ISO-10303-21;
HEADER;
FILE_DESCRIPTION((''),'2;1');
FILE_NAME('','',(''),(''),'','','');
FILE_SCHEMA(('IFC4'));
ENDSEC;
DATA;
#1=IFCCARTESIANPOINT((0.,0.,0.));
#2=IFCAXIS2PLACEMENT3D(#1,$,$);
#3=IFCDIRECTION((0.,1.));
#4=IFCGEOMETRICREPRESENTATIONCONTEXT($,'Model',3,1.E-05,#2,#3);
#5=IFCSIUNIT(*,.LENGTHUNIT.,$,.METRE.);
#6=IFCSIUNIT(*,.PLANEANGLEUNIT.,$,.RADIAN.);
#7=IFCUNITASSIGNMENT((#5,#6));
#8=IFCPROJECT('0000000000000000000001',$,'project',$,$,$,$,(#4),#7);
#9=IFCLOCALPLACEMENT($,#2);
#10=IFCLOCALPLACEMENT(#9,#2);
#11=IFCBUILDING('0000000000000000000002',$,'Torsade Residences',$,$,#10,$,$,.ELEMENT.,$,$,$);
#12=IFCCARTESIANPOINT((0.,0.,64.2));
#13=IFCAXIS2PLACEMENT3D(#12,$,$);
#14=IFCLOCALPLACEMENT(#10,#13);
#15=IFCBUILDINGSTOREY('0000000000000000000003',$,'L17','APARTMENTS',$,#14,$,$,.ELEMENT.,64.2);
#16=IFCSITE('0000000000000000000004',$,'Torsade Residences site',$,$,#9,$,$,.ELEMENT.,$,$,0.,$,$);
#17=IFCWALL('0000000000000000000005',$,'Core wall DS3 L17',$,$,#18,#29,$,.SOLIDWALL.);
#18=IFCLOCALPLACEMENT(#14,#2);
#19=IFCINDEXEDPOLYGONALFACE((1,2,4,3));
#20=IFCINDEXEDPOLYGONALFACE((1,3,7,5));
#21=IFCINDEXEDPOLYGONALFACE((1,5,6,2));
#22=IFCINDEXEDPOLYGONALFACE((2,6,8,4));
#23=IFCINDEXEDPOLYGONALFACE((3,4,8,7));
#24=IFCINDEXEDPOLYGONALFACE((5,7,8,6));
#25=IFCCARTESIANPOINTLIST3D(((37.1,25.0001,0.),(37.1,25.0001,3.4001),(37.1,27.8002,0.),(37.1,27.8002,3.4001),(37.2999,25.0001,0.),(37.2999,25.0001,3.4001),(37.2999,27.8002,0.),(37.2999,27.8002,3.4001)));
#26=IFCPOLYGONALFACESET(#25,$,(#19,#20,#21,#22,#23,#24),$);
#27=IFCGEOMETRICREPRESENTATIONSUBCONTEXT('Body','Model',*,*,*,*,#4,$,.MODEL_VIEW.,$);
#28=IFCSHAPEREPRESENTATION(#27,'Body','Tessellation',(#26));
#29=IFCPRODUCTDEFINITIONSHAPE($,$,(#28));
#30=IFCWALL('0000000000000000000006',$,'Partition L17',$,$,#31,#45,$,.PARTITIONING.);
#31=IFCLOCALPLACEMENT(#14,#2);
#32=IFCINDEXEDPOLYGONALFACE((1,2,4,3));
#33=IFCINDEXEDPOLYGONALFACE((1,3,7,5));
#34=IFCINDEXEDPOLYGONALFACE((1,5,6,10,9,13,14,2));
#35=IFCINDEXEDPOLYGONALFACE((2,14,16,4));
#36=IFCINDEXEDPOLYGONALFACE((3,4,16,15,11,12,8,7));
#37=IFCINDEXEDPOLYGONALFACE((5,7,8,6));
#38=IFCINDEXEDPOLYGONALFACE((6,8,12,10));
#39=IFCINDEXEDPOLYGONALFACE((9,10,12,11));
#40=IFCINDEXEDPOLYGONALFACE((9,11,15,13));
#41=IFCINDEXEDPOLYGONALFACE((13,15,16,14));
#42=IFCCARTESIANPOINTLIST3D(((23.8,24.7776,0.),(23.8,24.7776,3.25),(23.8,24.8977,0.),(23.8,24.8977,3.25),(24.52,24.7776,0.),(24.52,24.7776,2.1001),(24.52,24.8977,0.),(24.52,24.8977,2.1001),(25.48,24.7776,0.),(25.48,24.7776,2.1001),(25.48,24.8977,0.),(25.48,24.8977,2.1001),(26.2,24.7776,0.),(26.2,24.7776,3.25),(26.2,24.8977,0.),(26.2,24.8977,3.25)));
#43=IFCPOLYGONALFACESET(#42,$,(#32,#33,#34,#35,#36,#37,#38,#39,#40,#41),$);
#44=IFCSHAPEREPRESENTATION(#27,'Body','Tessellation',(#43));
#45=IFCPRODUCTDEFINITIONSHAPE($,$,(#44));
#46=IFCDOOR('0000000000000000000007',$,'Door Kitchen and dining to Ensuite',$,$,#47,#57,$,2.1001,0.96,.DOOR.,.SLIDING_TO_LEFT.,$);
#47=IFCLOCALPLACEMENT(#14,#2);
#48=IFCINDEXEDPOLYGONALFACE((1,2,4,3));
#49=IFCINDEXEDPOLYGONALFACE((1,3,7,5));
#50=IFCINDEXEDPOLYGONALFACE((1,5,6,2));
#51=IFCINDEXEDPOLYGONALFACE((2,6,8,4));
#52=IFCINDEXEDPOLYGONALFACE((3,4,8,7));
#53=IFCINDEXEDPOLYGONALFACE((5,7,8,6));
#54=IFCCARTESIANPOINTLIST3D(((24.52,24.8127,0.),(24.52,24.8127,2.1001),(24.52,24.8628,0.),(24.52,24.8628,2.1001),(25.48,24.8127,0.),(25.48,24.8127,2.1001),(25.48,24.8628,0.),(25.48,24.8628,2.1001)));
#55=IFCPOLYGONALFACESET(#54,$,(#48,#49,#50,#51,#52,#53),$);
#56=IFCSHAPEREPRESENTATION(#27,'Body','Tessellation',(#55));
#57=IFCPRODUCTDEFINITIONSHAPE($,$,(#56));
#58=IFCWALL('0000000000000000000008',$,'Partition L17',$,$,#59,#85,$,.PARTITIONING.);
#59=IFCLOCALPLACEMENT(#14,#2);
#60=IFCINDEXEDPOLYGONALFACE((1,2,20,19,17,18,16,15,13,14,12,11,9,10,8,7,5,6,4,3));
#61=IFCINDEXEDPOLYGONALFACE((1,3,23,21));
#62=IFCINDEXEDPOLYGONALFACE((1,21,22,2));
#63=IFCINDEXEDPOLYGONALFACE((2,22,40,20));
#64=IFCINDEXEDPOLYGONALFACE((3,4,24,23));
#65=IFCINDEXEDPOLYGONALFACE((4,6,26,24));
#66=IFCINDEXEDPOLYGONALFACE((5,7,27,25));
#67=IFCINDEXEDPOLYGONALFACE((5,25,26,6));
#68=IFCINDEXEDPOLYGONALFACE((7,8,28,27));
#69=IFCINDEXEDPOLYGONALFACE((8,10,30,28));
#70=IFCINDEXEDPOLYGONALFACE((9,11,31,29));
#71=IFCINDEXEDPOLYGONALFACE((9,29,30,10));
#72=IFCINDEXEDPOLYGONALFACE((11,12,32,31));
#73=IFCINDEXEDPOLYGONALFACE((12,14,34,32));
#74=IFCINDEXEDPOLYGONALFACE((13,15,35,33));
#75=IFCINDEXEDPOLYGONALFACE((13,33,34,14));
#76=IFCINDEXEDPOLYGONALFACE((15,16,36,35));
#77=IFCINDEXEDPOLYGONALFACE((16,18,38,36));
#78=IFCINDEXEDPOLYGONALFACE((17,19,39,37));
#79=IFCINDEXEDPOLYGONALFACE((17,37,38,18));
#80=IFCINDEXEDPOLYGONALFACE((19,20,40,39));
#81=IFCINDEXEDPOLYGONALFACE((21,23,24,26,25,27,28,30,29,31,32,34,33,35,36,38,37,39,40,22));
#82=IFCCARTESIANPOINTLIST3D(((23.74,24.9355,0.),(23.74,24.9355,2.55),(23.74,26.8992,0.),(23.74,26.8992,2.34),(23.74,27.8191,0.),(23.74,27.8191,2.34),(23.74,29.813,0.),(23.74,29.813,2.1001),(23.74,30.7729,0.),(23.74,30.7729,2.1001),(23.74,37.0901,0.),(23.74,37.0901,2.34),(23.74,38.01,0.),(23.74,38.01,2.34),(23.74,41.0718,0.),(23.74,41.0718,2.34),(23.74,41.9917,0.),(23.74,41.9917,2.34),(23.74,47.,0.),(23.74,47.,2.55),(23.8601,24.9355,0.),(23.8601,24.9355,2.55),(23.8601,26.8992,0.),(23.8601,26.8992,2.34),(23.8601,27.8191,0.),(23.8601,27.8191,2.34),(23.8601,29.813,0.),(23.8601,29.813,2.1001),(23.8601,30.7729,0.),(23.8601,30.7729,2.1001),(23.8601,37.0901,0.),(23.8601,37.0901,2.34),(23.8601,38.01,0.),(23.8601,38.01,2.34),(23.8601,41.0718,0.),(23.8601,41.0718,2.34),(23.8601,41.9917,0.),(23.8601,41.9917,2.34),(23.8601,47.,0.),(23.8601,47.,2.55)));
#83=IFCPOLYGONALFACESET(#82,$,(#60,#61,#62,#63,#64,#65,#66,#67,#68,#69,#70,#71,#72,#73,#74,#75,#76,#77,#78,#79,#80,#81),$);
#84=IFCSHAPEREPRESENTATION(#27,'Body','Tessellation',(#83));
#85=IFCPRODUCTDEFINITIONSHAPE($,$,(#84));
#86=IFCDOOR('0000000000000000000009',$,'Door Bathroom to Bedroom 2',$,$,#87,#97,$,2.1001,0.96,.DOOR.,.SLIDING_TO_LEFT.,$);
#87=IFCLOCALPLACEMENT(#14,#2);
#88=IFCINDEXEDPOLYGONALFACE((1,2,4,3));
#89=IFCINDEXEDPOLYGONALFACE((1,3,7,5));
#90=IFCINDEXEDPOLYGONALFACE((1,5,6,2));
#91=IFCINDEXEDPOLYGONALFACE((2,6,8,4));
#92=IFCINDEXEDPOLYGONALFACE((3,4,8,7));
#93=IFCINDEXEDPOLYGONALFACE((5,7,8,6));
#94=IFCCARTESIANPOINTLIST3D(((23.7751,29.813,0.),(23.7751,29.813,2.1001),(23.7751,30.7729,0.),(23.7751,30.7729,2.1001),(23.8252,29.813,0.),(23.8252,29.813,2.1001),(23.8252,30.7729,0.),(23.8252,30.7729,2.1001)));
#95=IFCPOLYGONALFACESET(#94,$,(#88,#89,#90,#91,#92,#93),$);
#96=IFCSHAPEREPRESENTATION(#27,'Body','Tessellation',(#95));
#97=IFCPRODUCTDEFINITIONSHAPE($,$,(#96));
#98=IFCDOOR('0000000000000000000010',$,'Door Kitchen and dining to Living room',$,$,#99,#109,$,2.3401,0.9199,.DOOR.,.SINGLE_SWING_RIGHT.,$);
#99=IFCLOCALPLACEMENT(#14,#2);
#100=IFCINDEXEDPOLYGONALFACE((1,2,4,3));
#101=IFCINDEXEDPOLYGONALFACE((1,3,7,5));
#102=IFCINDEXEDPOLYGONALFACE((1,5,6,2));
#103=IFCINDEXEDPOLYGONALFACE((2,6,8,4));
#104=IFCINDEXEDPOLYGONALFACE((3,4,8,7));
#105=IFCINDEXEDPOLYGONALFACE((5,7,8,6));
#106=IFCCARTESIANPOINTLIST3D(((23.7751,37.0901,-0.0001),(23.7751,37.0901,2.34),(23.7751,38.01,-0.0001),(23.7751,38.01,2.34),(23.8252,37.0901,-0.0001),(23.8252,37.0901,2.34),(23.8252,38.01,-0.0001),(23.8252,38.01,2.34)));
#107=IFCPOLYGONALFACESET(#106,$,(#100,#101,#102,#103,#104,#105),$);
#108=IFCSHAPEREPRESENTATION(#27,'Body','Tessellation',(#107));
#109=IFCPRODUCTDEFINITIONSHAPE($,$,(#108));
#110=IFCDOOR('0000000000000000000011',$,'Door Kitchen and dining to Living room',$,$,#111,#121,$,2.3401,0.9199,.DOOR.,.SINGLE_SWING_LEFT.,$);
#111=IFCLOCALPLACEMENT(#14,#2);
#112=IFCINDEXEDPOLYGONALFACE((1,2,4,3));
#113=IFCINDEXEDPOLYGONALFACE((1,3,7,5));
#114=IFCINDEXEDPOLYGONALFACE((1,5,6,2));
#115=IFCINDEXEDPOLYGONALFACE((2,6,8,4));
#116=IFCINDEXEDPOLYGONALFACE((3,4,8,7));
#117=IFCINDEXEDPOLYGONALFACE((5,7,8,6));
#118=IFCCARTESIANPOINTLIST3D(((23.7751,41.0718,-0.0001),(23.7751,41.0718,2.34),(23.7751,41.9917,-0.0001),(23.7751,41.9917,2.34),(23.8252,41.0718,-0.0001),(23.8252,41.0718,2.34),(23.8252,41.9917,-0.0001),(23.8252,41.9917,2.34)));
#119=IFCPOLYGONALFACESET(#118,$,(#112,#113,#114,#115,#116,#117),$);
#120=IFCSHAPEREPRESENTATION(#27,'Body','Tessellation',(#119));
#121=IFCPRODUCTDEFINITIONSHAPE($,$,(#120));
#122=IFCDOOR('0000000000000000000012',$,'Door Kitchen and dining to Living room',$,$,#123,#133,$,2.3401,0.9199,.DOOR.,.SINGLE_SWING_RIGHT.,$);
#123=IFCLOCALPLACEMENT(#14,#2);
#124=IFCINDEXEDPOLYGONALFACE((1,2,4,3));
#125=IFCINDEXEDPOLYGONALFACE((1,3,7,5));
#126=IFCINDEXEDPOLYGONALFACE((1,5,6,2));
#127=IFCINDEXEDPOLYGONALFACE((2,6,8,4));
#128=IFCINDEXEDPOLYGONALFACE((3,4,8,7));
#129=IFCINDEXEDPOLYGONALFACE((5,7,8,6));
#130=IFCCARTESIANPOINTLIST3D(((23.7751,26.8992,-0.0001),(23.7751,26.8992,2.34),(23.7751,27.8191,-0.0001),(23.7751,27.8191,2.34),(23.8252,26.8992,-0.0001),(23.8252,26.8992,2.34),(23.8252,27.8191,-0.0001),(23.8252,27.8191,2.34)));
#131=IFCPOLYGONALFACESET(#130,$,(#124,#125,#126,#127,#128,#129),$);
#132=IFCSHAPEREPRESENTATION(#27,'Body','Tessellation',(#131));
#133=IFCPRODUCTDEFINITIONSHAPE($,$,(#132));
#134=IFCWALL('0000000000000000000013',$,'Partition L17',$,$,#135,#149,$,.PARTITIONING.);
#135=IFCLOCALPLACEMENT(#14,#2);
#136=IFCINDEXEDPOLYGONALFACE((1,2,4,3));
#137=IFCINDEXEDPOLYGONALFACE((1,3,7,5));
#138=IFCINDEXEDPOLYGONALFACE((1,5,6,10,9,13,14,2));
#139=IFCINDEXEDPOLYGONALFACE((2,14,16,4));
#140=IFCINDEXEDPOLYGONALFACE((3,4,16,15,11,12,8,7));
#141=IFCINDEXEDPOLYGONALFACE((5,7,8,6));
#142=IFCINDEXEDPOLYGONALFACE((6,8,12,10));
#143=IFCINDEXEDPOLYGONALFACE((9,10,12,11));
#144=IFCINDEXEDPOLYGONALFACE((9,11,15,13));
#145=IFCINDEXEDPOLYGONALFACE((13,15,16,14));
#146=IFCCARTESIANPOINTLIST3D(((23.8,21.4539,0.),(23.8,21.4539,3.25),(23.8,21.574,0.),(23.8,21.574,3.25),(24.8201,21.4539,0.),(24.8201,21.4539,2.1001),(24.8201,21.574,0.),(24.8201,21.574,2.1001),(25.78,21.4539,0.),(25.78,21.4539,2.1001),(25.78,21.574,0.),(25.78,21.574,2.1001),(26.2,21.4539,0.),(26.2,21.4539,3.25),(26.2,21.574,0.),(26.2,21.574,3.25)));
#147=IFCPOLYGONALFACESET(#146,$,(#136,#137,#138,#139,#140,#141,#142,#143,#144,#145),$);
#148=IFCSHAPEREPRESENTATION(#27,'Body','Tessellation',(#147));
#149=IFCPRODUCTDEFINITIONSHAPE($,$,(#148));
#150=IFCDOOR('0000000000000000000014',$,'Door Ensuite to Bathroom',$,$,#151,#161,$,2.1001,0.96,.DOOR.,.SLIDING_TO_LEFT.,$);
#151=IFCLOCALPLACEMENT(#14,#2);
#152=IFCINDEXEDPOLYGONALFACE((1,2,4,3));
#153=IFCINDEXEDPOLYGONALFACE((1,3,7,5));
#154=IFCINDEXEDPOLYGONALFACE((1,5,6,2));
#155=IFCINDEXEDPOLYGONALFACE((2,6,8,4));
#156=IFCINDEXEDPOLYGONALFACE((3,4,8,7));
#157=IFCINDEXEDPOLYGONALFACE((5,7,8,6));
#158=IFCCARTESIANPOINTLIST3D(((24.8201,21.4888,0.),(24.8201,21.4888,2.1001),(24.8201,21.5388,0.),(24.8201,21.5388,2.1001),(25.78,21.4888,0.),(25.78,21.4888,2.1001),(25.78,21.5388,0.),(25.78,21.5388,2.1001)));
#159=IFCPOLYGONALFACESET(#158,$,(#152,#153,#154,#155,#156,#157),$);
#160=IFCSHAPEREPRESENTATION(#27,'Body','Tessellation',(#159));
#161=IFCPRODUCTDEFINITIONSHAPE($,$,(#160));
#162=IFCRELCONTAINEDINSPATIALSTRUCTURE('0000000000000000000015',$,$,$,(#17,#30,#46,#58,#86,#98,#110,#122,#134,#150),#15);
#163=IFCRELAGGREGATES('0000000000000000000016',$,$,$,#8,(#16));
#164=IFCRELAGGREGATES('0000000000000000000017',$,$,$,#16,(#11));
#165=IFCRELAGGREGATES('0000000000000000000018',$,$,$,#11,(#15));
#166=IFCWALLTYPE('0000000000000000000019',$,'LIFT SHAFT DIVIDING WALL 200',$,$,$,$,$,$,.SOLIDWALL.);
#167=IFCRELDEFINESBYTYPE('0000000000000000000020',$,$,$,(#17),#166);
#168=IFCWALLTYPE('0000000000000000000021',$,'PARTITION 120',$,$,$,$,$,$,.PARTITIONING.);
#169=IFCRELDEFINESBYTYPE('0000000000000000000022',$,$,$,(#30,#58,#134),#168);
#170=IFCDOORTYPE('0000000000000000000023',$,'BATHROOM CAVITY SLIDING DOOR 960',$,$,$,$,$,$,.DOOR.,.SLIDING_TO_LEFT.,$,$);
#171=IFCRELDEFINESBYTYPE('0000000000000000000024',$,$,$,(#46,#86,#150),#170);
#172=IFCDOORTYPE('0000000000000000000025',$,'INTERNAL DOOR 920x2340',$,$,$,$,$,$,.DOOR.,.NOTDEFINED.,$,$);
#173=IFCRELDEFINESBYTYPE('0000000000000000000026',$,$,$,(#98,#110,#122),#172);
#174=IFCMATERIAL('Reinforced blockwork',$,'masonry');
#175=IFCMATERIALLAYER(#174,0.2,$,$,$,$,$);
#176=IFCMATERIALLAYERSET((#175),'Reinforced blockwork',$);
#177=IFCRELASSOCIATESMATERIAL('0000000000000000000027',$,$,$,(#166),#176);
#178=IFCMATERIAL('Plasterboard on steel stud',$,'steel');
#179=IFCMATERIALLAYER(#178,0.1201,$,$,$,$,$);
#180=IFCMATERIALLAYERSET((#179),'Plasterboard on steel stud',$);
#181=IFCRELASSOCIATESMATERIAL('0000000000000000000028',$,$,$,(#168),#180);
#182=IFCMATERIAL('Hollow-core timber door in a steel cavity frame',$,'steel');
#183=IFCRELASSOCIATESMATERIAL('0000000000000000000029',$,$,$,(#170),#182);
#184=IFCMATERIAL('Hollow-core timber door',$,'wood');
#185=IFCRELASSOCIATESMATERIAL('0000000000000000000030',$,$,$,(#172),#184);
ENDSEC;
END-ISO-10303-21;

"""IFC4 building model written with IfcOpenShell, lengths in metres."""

from ifc_helpers import new_model, si_unit, direction, frame, frame_2d, origin, place, context, subcontext, project, spatial, rectangle, extrude, material, layer, layer_set, type_object, element, fill, save


model = new_model("IFC4")

# Units and contexts
model_context = context("Model", 3, precision=1e-05, world=origin(), true_north=direction((0.0, 1.0)))
body_context = subcontext(model_context, "Body", "Model", "MODEL_VIEW")
ifc_project = project(units=[si_unit("LENGTHUNIT", "METRE"), si_unit("PLANEANGLEUNIT", "RADIAN")], contexts=[model_context])

# Site, building, storey
site_placement = place(None, origin())
site = spatial("IfcSite", under=ifc_project, at=site_placement, Name="Torsade Residences site", CompositionType="ELEMENT", RefElevation=0.0)
building_placement = place(site_placement, origin())
building = spatial("IfcBuilding", under=site, at=building_placement, Name="Torsade Residences", CompositionType="ELEMENT")
storey_placement = place(building_placement, frame((0.0, 0.0, 64.2)))
storey = spatial("IfcBuildingStorey", under=building, at=storey_placement, Name="L17", Description="APARTMENTS", CompositionType="ELEMENT", Elevation=64.2)

# Wall
ifc_material_1 = material(Name="Reinforced blockwork", Category="masonry")
ifc_layer_1 = layer(ifc_material_1, 0.2)
ifc_layer_set_1 = layer_set([ifc_layer_1], Name="Reinforced blockwork")
wall_type_1 = type_object("IfcWallType", Name="LIFT SHAFT DIVIDING WALL 200", PredefinedType="SOLIDWALL", material=ifc_layer_set_1)
wall_1_placement = place(storey_placement, frame((37.2, 27.8, 0.0), z_axis=(0.0, 0.0, 1.0), x_axis=(0.0, -1.0, 0.0)))
element("IfcWall", 1, at=wall_1_placement, inside=storey, type_object=wall_type_1, Name="Core wall DS3 L17", PredefinedType="SOLIDWALL", context=body_context, shape_type="SweptSolid", body=[
    extrude(rectangle(XDim=2.8, YDim=0.2, at=frame_2d((1.3999, 0.0))), origin(), (0.0, 0.0, 1.0), 3.4001),
])

# Wall, opening, door
ifc_material_2 = material(Name="Plasterboard on steel stud", Category="steel")
ifc_layer_2 = layer(ifc_material_2, 0.1201)
ifc_layer_set_2 = layer_set([ifc_layer_2], Name="Plasterboard on steel stud")
wall_type_2 = type_object("IfcWallType", Name="PARTITION 120", PredefinedType="PARTITIONING", material=ifc_layer_set_2)
wall_2_placement = place(storey_placement, frame((26.2, 24.8376, 0.0), z_axis=(0.0, 0.0, 1.0), x_axis=(-1.0, 0.0, 0.0)))
wall_2 = element("IfcWall", 2, at=wall_2_placement, inside=storey, type_object=wall_type_2, Name="Partition L17", PredefinedType="PARTITIONING", context=body_context, shape_type="SweptSolid", body=[
    extrude(rectangle(XDim=2.3999, YDim=0.1201, at=frame_2d((1.2, 0.0))), origin(), (0.0, 0.0, 1.0), 3.25),
])
opening_1_placement = place(wall_2_placement, frame((0.72, 0.0, 0.0)))
opening_1 = element("IfcOpeningElement", 3, at=opening_1_placement, cuts=wall_2, PredefinedType="OPENING", context=body_context, shape_type="SweptSolid", body=[
    extrude(rectangle(XDim=0.96, YDim=2.1001, at=frame_2d((0.48, 1.05))), frame((0.0, 0.0701, 0.0), z_axis=(0.0, -1.0, 0.0), x_axis=(1.0, 0.0, 0.0)), (0.0, 0.0, 1.0), 0.1401),
])
ifc_material_3 = material(Name="Hollow-core timber door in a steel cavity frame", Category="steel")
door_type_1 = type_object("IfcDoorType", Name="BATHROOM CAVITY SLIDING DOOR 960", OperationType="SLIDING_TO_LEFT", PredefinedType="DOOR", material=ifc_material_3)
door_1_placement = place(opening_1_placement, origin())
door_1 = element("IfcDoor", 4, at=door_1_placement, inside=storey, type_object=door_type_1, Name="Door Kitchen and dining to Ensuite", OperationType="SLIDING_TO_LEFT", OverallHeight=2.1001, OverallWidth=0.96, PredefinedType="DOOR", context=body_context, shape_type="SweptSolid", body=[
    extrude(rectangle(XDim=0.96, YDim=2.1001, at=frame_2d((0.48, 1.05))), frame((0.0, 0.0249, 0.0), z_axis=(0.0, -1.0, 0.0), x_axis=(1.0, 0.0, 0.0)), (0.0, 0.0, 1.0), 0.05),
])
fill(opening_1, door_1)

# Wall, openings, doors
wall_3_placement = place(storey_placement, frame((23.8, 24.9355, 0.0), z_axis=(0.0, 0.0, 1.0), x_axis=(0.0, 1.0, 0.0)))
wall_3 = element("IfcWall", 5, at=wall_3_placement, inside=storey, type_object=wall_type_2, Name="Partition L17", PredefinedType="PARTITIONING", context=body_context, shape_type="SweptSolid", body=[
    extrude(rectangle(XDim=22.0645, YDim=0.1201, at=frame_2d((11.0322, 0.0))), origin(), (0.0, 0.0, 1.0), 2.55),
])
opening_2_placement = place(wall_3_placement, frame((12.1545, 0.0, 0.0)))
opening_2 = element("IfcOpeningElement", 6, at=opening_2_placement, cuts=wall_3, PredefinedType="OPENING", context=body_context, shape_type="SweptSolid", body=[
    extrude(rectangle(XDim=0.9199, YDim=2.3401, at=frame_2d((0.46, 1.1699))), frame((0.0, 0.0701, 0.0), z_axis=(0.0, -1.0, 0.0), x_axis=(1.0, 0.0, 0.0)), (0.0, 0.0, 1.0), 0.1401),
])
opening_3_placement = place(wall_3_placement, frame((16.1362, 0.0, 0.0)))
opening_3 = element("IfcOpeningElement", 7, at=opening_3_placement, cuts=wall_3, PredefinedType="OPENING", context=body_context, shape_type="SweptSolid", body=[
    extrude(rectangle(XDim=0.9199, YDim=2.3401, at=frame_2d((0.46, 1.1699))), frame((0.0, 0.0701, 0.0), z_axis=(0.0, -1.0, 0.0), x_axis=(1.0, 0.0, 0.0)), (0.0, 0.0, 1.0), 0.1401),
])
opening_4_placement = place(wall_3_placement, frame((1.9636, 0.0, 0.0)))
opening_4 = element("IfcOpeningElement", 8, at=opening_4_placement, cuts=wall_3, PredefinedType="OPENING", context=body_context, shape_type="SweptSolid", body=[
    extrude(rectangle(XDim=0.9199, YDim=2.3401, at=frame_2d((0.46, 1.1699))), frame((0.0, 0.0701, 0.0), z_axis=(0.0, -1.0, 0.0), x_axis=(1.0, 0.0, 0.0)), (0.0, 0.0, 1.0), 0.1401),
])
opening_5_placement = place(wall_3_placement, frame((4.8774, 0.0, 0.0)))
opening_5 = element("IfcOpeningElement", 9, at=opening_5_placement, cuts=wall_3, PredefinedType="OPENING", context=body_context, shape_type="SweptSolid", body=[
    extrude(rectangle(XDim=0.96, YDim=2.1001, at=frame_2d((0.48, 1.05))), frame((0.0, 0.0701, 0.0), z_axis=(0.0, -1.0, 0.0), x_axis=(1.0, 0.0, 0.0)), (0.0, 0.0, 1.0), 0.1401),
])
door_2_placement = place(opening_5_placement, origin())
door_2 = element("IfcDoor", 10, at=door_2_placement, inside=storey, type_object=door_type_1, Name="Door Bathroom to Bedroom 2", OperationType="SLIDING_TO_LEFT", OverallHeight=2.1001, OverallWidth=0.96, PredefinedType="DOOR", context=body_context, shape_type="SweptSolid", body=[
    extrude(rectangle(XDim=0.96, YDim=2.1001, at=frame_2d((0.48, 1.05))), frame((0.0, 0.0249, 0.0), z_axis=(0.0, -1.0, 0.0), x_axis=(1.0, 0.0, 0.0)), (0.0, 0.0, 1.0), 0.05),
])
fill(opening_5, door_2)
ifc_material_4 = material(Name="Hollow-core timber door", Category="wood")
door_type_2 = type_object("IfcDoorType", Name="INTERNAL DOOR 920x2340", OperationType="NOTDEFINED", PredefinedType="DOOR", material=ifc_material_4)
door_3_placement = place(opening_2_placement, origin())
door_3 = element("IfcDoor", 11, at=door_3_placement, inside=storey, type_object=door_type_2, Name="Door Kitchen and dining to Living room", OperationType="SINGLE_SWING_RIGHT", OverallHeight=2.3401, OverallWidth=0.9199, PredefinedType="DOOR", context=body_context, shape_type="SweptSolid", body=[
    extrude(rectangle(XDim=0.9199, YDim=2.3401, at=frame_2d((0.46, 1.1699))), frame((0.0, 0.0249, 0.0), z_axis=(0.0, -1.0, 0.0), x_axis=(1.0, 0.0, 0.0)), (0.0, 0.0, 1.0), 0.05),
])
fill(opening_2, door_3)
door_4_placement = place(opening_3_placement, origin())
door_4 = element("IfcDoor", 12, at=door_4_placement, inside=storey, type_object=door_type_2, Name="Door Kitchen and dining to Living room", OperationType="SINGLE_SWING_LEFT", OverallHeight=2.3401, OverallWidth=0.9199, PredefinedType="DOOR", context=body_context, shape_type="SweptSolid", body=[
    extrude(rectangle(XDim=0.9199, YDim=2.3401, at=frame_2d((0.46, 1.1699))), frame((0.0, 0.0249, 0.0), z_axis=(0.0, -1.0, 0.0), x_axis=(1.0, 0.0, 0.0)), (0.0, 0.0, 1.0), 0.05),
])
fill(opening_3, door_4)
door_5_placement = place(opening_4_placement, origin())
door_5 = element("IfcDoor", 13, at=door_5_placement, inside=storey, type_object=door_type_2, Name="Door Kitchen and dining to Living room", OperationType="SINGLE_SWING_RIGHT", OverallHeight=2.3401, OverallWidth=0.9199, PredefinedType="DOOR", context=body_context, shape_type="SweptSolid", body=[
    extrude(rectangle(XDim=0.9199, YDim=2.3401, at=frame_2d((0.46, 1.1699))), frame((0.0, 0.0249, 0.0), z_axis=(0.0, -1.0, 0.0), x_axis=(1.0, 0.0, 0.0)), (0.0, 0.0, 1.0), 0.05),
])
fill(opening_4, door_5)

# Wall, opening, door
wall_4_placement = place(storey_placement, frame((23.8, 21.5139, 0.0), z_axis=(0.0, 0.0, 1.0), x_axis=(1.0, 0.0, 0.0)))
wall_4 = element("IfcWall", 14, at=wall_4_placement, inside=storey, type_object=wall_type_2, Name="Partition L17", PredefinedType="PARTITIONING", context=body_context, shape_type="SweptSolid", body=[
    extrude(rectangle(XDim=2.3999, YDim=0.1201, at=frame_2d((1.2, 0.0))), origin(), (0.0, 0.0, 1.0), 3.25),
])
opening_6_placement = place(wall_4_placement, frame((1.02, 0.0, 0.0)))
opening_6 = element("IfcOpeningElement", 15, at=opening_6_placement, cuts=wall_4, PredefinedType="OPENING", context=body_context, shape_type="SweptSolid", body=[
    extrude(rectangle(XDim=0.96, YDim=2.1001, at=frame_2d((0.48, 1.05))), frame((0.0, 0.0701, 0.0), z_axis=(0.0, -1.0, 0.0), x_axis=(1.0, 0.0, 0.0)), (0.0, 0.0, 1.0), 0.1401),
])
door_6_placement = place(opening_6_placement, origin())
door_6 = element("IfcDoor", 16, at=door_6_placement, inside=storey, type_object=door_type_1, Name="Door Ensuite to Bathroom", OperationType="SLIDING_TO_LEFT", OverallHeight=2.1001, OverallWidth=0.96, PredefinedType="DOOR", context=body_context, shape_type="SweptSolid", body=[
    extrude(rectangle(XDim=0.96, YDim=2.1001, at=frame_2d((0.48, 1.05))), frame((0.0, 0.0249, 0.0), z_axis=(0.0, -1.0, 0.0), x_axis=(1.0, 0.0, 0.0)), (0.0, 0.0, 1.0), 0.05),
])
fill(opening_6, door_6)

save(model, "model.ifc")
